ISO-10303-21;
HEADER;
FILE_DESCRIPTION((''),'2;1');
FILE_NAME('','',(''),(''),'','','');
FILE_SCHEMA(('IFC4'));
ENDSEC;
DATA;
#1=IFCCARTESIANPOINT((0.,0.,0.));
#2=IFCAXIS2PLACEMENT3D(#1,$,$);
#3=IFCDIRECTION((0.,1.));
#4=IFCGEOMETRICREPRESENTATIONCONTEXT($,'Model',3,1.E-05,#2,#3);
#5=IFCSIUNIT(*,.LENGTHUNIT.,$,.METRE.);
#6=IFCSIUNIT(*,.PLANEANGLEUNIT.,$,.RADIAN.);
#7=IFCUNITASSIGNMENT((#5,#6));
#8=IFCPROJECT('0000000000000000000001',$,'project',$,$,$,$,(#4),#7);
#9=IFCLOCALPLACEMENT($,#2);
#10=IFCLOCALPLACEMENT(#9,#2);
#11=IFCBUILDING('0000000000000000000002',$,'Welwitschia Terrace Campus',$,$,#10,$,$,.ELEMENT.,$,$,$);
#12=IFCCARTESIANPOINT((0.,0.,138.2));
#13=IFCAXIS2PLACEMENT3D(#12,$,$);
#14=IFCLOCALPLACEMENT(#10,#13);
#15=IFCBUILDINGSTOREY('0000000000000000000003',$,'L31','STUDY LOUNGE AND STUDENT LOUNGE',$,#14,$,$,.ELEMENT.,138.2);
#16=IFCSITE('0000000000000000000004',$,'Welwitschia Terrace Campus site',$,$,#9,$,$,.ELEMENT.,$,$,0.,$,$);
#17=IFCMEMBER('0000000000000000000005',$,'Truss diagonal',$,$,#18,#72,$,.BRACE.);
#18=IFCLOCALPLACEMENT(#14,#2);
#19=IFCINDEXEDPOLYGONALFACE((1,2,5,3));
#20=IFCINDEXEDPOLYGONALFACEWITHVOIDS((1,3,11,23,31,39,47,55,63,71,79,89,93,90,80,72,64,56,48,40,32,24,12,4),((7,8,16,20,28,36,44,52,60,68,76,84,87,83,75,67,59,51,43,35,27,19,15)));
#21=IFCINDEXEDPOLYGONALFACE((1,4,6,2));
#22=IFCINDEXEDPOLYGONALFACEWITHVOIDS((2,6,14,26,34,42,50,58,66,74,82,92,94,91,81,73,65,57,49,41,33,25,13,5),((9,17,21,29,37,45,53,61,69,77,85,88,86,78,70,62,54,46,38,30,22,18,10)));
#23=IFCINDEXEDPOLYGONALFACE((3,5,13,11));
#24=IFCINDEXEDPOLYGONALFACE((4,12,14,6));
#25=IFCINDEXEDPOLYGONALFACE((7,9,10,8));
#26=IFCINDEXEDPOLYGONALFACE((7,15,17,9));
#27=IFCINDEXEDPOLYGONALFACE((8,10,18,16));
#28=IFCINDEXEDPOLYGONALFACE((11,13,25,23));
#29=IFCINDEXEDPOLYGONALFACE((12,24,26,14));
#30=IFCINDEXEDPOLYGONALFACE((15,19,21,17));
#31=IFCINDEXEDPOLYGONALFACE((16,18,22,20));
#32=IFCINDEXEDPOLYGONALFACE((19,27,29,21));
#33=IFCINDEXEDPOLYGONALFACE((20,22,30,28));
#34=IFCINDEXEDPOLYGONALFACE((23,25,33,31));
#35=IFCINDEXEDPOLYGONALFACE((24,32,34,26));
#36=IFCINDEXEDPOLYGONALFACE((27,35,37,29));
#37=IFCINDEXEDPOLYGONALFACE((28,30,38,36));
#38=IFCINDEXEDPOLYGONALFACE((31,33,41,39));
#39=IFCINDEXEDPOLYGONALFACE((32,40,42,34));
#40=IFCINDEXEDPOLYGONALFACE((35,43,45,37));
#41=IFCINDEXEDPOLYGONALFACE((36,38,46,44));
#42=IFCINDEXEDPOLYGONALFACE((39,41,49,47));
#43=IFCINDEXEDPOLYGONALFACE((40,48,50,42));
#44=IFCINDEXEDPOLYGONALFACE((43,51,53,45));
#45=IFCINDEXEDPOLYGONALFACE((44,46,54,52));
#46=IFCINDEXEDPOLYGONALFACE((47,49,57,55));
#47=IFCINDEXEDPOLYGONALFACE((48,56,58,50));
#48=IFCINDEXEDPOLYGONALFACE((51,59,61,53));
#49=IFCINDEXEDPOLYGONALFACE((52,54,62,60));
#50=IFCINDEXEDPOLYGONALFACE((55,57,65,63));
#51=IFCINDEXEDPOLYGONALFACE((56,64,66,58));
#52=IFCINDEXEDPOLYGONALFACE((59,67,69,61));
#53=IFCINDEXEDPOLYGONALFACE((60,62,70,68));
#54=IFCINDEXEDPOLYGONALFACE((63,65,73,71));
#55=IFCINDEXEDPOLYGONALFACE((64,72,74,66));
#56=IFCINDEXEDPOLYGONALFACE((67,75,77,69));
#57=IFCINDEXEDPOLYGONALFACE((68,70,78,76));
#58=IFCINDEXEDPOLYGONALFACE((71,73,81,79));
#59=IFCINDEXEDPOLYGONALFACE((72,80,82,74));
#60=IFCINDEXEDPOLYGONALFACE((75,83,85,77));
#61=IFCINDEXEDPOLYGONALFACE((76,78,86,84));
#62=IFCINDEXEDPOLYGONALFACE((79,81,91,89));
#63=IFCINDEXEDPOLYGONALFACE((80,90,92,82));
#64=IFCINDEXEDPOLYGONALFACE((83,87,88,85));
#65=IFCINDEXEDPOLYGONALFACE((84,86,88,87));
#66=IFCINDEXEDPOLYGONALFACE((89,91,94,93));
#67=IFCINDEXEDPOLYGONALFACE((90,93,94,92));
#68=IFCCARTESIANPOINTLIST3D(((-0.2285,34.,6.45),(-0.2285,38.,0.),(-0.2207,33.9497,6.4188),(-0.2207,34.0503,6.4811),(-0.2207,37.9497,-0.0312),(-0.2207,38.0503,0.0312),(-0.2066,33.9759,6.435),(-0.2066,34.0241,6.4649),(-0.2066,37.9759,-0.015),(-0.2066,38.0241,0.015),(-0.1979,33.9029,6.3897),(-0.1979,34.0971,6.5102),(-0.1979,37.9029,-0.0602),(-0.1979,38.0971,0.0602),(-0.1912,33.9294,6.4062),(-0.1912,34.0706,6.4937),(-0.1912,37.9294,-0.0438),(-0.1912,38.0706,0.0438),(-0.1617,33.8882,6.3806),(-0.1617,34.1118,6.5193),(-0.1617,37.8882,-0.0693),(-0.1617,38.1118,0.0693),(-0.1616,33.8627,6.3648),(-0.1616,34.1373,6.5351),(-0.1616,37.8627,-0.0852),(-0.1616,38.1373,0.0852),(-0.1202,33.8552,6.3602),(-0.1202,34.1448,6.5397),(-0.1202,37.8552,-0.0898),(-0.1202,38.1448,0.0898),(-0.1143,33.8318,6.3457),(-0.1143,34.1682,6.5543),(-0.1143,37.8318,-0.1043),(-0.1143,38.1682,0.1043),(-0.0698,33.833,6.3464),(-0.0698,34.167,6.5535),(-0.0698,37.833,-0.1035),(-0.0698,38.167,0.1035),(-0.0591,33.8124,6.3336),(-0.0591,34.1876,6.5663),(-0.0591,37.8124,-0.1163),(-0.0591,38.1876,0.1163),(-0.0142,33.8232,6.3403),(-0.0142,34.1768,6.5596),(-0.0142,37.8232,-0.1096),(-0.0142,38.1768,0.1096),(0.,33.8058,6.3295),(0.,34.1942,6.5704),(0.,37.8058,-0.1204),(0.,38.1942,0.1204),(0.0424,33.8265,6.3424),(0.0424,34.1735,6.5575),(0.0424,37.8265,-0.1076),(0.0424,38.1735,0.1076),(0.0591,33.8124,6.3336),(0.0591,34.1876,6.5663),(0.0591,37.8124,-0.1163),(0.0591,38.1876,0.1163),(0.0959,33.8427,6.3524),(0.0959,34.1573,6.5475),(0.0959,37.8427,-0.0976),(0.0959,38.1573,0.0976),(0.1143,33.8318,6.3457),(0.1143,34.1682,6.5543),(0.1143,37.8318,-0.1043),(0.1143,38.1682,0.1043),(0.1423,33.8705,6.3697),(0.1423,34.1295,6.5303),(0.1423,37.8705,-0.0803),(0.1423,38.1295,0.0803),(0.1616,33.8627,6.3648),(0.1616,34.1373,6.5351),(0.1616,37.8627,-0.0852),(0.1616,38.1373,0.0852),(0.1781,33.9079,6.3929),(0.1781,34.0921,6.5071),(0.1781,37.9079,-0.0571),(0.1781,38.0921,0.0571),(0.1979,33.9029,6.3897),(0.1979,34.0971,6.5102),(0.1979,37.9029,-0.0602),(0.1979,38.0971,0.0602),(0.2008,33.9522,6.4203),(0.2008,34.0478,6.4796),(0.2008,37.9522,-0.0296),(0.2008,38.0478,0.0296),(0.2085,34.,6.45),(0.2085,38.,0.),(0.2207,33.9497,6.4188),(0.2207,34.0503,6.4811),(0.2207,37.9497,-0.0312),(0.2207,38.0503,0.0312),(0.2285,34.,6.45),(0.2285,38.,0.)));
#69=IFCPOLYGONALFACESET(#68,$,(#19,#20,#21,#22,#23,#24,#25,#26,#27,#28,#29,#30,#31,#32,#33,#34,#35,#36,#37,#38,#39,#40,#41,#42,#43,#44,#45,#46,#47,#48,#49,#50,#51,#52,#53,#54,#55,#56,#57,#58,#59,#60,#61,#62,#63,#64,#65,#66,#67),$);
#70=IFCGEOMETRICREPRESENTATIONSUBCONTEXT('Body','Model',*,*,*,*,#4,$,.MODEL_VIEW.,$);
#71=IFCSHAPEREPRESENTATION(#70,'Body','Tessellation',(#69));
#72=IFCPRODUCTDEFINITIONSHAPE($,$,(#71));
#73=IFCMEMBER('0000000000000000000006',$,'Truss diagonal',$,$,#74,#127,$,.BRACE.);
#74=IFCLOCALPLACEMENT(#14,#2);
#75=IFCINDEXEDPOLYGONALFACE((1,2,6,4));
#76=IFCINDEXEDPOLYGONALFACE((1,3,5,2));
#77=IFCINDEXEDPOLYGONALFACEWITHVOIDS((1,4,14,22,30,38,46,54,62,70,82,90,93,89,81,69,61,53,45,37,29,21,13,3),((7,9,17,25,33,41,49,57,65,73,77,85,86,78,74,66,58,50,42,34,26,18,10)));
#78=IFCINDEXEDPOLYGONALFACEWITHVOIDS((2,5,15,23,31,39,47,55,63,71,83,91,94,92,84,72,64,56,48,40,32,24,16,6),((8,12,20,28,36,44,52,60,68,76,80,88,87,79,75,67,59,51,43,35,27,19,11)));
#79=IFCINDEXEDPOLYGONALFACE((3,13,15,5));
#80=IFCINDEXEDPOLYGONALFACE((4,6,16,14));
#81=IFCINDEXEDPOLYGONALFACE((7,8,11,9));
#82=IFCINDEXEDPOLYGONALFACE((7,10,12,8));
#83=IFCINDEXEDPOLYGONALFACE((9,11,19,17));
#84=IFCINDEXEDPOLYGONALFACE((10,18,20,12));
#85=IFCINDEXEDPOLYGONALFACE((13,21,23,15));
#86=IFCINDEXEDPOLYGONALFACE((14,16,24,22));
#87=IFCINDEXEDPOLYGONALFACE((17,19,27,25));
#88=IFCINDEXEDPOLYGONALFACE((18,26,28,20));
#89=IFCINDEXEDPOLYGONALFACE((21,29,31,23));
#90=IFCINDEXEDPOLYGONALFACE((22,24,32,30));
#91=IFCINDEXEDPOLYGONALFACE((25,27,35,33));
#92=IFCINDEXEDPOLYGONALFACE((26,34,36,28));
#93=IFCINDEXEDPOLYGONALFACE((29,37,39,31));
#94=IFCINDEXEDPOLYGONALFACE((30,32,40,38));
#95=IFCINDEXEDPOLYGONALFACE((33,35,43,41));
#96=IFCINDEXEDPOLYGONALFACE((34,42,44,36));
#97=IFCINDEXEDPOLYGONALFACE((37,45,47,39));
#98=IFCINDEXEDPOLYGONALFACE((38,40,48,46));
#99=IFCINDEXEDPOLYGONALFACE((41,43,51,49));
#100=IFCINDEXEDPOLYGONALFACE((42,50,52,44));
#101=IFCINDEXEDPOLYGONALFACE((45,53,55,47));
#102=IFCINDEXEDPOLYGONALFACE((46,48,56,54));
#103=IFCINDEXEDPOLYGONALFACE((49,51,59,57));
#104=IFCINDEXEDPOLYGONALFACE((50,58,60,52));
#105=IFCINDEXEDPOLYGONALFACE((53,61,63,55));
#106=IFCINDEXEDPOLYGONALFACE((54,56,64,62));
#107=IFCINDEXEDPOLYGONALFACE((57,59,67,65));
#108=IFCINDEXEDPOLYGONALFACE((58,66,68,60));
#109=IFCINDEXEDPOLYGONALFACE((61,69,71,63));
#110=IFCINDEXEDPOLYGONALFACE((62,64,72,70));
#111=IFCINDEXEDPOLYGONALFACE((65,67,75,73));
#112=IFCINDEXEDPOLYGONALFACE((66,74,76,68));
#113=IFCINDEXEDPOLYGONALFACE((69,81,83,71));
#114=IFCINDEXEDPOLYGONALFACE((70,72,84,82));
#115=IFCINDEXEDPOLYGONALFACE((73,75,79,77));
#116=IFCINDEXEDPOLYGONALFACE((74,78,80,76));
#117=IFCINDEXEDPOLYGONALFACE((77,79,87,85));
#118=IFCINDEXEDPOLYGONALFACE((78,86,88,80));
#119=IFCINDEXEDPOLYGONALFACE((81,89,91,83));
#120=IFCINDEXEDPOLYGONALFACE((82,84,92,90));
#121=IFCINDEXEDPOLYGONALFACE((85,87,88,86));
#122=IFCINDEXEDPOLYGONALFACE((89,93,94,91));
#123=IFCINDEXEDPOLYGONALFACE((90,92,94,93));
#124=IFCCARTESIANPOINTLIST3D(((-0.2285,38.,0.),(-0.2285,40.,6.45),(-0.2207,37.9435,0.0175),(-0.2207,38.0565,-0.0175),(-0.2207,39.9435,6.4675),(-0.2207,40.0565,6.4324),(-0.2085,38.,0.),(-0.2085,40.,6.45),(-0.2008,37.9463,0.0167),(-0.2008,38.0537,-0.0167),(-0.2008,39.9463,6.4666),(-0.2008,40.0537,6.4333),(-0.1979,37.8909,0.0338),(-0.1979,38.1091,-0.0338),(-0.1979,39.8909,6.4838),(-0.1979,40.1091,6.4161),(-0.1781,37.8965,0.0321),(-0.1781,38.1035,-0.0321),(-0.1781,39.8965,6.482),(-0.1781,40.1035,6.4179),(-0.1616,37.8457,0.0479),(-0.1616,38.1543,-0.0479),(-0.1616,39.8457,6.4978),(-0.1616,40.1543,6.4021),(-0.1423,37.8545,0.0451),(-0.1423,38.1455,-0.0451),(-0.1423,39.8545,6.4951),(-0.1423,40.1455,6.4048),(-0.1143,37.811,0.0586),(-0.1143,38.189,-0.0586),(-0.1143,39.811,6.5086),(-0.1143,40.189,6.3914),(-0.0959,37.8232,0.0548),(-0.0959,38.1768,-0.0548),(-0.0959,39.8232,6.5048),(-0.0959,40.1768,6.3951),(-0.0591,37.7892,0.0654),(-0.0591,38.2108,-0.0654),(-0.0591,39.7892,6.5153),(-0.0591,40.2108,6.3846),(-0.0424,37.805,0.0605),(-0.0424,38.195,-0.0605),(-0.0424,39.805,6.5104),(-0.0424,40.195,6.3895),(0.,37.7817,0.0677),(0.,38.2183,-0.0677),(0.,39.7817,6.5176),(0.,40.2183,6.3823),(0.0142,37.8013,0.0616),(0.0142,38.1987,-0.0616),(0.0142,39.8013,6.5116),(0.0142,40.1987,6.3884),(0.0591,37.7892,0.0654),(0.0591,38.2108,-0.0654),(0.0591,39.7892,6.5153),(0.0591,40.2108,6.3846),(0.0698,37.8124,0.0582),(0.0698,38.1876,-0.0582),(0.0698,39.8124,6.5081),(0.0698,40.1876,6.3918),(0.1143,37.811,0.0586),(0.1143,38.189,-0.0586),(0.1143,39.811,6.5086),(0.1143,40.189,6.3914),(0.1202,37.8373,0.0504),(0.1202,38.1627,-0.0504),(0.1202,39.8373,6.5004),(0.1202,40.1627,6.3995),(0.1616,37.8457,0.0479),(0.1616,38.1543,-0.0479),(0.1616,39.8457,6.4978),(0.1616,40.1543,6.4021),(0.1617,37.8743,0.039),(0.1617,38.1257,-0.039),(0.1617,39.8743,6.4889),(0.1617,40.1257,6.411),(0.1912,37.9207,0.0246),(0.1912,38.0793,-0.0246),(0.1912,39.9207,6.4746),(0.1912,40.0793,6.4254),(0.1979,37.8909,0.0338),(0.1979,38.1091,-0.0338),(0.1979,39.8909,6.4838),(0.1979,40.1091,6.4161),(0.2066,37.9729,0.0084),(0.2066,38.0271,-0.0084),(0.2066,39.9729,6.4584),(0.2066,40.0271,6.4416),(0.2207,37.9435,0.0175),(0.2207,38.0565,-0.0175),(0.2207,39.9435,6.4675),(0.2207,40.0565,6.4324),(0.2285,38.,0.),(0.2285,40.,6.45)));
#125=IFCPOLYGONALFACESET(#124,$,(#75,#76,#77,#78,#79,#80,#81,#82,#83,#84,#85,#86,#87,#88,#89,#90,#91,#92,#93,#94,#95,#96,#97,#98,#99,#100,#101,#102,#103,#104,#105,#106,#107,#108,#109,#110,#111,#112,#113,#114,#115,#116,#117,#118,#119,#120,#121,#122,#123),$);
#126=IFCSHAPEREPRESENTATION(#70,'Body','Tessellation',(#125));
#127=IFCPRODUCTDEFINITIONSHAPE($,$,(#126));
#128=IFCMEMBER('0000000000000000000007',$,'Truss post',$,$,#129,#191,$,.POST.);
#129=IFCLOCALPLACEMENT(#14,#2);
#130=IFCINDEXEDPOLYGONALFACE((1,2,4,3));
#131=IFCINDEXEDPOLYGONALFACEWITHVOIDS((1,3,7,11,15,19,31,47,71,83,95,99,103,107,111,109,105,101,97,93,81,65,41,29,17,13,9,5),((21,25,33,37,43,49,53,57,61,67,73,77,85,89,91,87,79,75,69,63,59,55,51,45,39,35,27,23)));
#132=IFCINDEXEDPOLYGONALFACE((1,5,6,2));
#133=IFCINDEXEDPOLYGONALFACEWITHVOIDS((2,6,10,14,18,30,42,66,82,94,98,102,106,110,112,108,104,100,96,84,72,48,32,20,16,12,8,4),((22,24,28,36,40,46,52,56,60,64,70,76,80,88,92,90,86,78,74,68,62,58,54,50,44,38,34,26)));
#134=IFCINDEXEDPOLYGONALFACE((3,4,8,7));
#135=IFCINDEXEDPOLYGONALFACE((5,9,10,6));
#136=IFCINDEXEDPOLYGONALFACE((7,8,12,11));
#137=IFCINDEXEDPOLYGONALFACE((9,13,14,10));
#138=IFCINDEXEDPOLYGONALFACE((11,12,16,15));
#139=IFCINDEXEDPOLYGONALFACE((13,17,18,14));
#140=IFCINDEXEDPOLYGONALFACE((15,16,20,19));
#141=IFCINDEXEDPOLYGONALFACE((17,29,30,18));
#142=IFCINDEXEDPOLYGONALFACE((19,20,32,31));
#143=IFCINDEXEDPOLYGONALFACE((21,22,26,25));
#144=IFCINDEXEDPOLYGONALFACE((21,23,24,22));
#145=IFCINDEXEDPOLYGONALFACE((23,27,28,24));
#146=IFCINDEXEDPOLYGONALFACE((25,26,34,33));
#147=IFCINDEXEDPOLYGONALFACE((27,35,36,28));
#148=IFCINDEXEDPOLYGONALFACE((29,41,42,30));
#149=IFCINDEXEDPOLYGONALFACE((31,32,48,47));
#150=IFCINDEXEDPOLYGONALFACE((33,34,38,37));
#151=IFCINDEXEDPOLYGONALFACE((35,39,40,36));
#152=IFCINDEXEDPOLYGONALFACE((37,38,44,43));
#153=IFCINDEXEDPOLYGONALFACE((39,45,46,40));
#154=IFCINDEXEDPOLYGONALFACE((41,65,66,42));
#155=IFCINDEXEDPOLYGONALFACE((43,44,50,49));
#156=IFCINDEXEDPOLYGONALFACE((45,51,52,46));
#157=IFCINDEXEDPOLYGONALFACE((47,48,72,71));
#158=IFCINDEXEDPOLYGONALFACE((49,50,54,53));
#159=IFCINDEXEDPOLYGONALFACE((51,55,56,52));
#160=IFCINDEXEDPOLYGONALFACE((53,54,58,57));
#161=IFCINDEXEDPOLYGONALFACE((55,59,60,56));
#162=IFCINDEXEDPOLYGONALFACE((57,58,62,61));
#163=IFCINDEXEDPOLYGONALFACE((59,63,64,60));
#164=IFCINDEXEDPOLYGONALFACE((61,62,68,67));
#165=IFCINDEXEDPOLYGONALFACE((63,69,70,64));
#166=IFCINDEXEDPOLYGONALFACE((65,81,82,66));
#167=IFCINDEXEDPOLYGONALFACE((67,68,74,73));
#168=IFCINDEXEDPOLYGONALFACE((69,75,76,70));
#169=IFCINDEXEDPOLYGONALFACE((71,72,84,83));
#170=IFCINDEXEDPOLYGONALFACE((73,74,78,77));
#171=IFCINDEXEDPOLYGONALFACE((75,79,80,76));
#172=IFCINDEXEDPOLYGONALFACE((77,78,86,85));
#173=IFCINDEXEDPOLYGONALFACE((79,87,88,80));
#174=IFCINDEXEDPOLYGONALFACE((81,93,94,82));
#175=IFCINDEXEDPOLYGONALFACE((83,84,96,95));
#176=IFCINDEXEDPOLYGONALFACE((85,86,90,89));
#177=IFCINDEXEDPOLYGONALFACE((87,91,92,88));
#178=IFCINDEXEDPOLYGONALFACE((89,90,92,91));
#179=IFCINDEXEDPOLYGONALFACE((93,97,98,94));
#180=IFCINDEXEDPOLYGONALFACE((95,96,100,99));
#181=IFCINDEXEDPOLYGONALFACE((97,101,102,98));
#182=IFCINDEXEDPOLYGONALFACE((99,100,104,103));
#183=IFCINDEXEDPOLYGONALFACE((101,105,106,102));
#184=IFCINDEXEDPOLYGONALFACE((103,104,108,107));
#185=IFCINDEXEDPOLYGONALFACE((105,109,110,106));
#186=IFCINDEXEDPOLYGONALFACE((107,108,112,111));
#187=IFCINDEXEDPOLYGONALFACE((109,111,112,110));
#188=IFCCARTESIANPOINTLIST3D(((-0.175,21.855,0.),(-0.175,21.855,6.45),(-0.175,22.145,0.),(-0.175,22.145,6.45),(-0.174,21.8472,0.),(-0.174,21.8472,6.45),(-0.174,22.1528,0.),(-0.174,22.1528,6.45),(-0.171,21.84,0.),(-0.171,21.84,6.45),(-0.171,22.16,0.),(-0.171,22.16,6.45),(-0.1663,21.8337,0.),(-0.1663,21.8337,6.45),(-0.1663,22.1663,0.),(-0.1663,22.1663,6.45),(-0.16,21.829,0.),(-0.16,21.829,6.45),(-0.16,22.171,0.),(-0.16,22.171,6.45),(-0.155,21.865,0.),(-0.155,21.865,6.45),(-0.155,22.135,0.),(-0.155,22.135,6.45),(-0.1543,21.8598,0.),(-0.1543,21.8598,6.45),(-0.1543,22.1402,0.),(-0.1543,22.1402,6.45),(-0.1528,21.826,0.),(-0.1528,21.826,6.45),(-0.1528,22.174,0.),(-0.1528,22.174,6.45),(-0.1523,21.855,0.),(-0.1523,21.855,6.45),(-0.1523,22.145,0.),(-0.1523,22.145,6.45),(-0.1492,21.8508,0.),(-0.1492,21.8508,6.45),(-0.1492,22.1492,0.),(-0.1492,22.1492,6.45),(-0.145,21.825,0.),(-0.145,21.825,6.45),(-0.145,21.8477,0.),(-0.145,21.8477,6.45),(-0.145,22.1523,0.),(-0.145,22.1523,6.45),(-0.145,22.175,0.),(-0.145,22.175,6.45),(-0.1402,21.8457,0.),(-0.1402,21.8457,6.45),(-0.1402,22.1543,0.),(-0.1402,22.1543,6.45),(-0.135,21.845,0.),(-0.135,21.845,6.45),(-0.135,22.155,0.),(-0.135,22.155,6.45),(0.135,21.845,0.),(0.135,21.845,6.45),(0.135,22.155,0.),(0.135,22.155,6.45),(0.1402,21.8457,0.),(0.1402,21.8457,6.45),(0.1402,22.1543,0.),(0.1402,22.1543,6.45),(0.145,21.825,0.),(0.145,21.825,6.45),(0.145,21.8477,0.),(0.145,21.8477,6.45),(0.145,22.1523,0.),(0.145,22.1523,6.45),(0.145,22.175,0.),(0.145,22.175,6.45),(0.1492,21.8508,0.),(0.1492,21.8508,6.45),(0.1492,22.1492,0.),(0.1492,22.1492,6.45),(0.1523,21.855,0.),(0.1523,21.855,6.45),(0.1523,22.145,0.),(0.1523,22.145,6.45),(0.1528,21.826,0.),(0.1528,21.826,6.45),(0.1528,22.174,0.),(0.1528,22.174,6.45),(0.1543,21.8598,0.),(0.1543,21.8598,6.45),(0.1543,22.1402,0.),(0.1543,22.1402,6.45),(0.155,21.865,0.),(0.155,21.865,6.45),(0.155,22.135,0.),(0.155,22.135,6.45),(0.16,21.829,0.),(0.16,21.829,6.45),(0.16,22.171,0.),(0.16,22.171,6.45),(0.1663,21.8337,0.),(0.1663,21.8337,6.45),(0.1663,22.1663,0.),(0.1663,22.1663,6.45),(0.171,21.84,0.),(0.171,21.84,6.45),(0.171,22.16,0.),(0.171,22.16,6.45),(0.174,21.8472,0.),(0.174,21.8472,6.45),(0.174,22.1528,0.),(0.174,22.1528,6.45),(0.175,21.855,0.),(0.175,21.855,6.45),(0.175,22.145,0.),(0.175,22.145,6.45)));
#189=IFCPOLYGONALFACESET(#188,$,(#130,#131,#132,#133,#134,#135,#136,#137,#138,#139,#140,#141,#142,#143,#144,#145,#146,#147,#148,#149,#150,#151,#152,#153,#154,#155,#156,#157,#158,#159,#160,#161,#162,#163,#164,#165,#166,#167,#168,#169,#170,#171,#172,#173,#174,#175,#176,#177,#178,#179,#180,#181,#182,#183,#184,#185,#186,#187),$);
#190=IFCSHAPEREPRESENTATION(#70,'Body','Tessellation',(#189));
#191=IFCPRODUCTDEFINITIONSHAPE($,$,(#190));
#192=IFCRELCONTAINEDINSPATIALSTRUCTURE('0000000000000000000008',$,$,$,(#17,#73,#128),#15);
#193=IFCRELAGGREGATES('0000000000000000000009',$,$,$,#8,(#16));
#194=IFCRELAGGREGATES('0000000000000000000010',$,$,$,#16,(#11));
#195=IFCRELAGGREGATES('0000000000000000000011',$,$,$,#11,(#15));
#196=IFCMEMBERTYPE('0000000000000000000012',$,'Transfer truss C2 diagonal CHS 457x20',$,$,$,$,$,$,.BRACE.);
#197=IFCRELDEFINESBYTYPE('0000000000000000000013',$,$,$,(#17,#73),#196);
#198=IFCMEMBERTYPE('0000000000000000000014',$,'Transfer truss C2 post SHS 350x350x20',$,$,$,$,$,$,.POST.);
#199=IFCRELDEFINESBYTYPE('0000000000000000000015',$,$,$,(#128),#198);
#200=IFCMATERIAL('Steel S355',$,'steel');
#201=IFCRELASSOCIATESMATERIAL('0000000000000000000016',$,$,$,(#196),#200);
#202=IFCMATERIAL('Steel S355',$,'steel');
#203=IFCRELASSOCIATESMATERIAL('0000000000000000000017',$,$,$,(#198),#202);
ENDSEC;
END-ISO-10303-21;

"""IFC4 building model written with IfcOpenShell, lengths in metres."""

from ifc_helpers import new_model, si_unit, direction, frame, origin, origin_2d, place, context, subcontext, project, spatial, hollow_rectangle, hollow_circle, extrude, material, material_profile, profile_set, type_object, element, save


model = new_model("IFC4")

# Units and contexts
model_context = context("Model", 3, precision=1e-05, world=origin(), true_north=direction((0.0, 1.0)))
body_context = subcontext(model_context, "Body", "Model", "MODEL_VIEW")
ifc_project = project(units=[si_unit("LENGTHUNIT", "METRE"), si_unit("PLANEANGLEUNIT", "RADIAN")], contexts=[model_context])

# Site, building, storey
site_placement = place(None, origin())
site = spatial("IfcSite", under=ifc_project, at=site_placement, Name="Welwitschia Terrace Campus site", CompositionType="ELEMENT", RefElevation=0.0)
building_placement = place(site_placement, origin())
building = spatial("IfcBuilding", under=site, at=building_placement, Name="Welwitschia Terrace Campus", CompositionType="ELEMENT")
storey_placement = place(building_placement, frame((0.0, 0.0, 138.2)))
storey = spatial("IfcBuildingStorey", under=building, at=storey_placement, Name="L31", Description="STUDY LOUNGE AND STUDENT LOUNGE", CompositionType="ELEMENT", Elevation=138.2)

# Members
ifc_material_1 = material(Name="Steel S355", Category="steel")
ifc_material_profile_1 = material_profile(ifc_material_1, hollow_circle(Radius=0.2285, WallThickness=0.02, at=origin_2d()))
ifc_profile_set_1 = profile_set([ifc_material_profile_1], Name="Steel S355")
member_type_1 = type_object("IfcMemberType", Name="Transfer truss C2 diagonal CHS 457x20", PredefinedType="BRACE", material=ifc_profile_set_1)
member_1_placement = place(storey_placement, frame((0.0, 38.0, 0.0), z_axis=(0.0, -0.527038, 0.849842), x_axis=(1.0, 0.0, 0.0)))
element("IfcMember", 1, at=member_1_placement, inside=storey, type_object=member_type_1, Name="Truss diagonal", PredefinedType="BRACE", context=body_context, shape_type="SweptSolid", body=[
    extrude(hollow_circle(Radius=0.2285, WallThickness=0.02, at=origin_2d()), origin(), (0.0, 0.0, 1.0), 7.5896),
])
member_2_placement = place(storey_placement, frame((0.0, 38.0, 0.0), z_axis=(0.0, 0.296168, 0.955136), x_axis=(-1.0, 0.0, 0.0)))
element("IfcMember", 2, at=member_2_placement, inside=storey, type_object=member_type_1, Name="Truss diagonal", PredefinedType="BRACE", context=body_context, shape_type="SweptSolid", body=[
    extrude(hollow_circle(Radius=0.2285, WallThickness=0.02, at=origin_2d()), origin(), (0.0, 0.0, 1.0), 6.7529),
])
ifc_material_2 = material(Name="Steel S355", Category="steel")
ifc_material_profile_2 = material_profile(ifc_material_2, hollow_rectangle(XDim=0.3501, YDim=0.3501, WallThickness=0.02, InnerFilletRadius=0.02, OuterFilletRadius=0.03, at=origin_2d()))
ifc_profile_set_2 = profile_set([ifc_material_profile_2], Name="Steel S355")
member_type_2 = type_object("IfcMemberType", Name="Transfer truss C2 post SHS 350x350x20", PredefinedType="POST", material=ifc_profile_set_2)
for number, where, z_axis, x_axis, name in (
    (3, (0.0, 22.0, 0.0), (0.0, 0.0, 1.0), (1.0, 0.0, 0.0), "Truss post"),
):
    element("IfcMember", number, at=place(storey_placement, frame(where, z_axis=z_axis, x_axis=x_axis)), inside=storey, type_object=member_type_2, Name=name, PredefinedType="POST", context=body_context, shape_type="SweptSolid", body=[
        extrude(hollow_rectangle(XDim=0.3501, YDim=0.3501, WallThickness=0.02, InnerFilletRadius=0.02, OuterFilletRadius=0.03, at=origin_2d()), origin(), (0.0, 0.0, 1.0), 6.45),
    ])

save(model, "model.ifc")
